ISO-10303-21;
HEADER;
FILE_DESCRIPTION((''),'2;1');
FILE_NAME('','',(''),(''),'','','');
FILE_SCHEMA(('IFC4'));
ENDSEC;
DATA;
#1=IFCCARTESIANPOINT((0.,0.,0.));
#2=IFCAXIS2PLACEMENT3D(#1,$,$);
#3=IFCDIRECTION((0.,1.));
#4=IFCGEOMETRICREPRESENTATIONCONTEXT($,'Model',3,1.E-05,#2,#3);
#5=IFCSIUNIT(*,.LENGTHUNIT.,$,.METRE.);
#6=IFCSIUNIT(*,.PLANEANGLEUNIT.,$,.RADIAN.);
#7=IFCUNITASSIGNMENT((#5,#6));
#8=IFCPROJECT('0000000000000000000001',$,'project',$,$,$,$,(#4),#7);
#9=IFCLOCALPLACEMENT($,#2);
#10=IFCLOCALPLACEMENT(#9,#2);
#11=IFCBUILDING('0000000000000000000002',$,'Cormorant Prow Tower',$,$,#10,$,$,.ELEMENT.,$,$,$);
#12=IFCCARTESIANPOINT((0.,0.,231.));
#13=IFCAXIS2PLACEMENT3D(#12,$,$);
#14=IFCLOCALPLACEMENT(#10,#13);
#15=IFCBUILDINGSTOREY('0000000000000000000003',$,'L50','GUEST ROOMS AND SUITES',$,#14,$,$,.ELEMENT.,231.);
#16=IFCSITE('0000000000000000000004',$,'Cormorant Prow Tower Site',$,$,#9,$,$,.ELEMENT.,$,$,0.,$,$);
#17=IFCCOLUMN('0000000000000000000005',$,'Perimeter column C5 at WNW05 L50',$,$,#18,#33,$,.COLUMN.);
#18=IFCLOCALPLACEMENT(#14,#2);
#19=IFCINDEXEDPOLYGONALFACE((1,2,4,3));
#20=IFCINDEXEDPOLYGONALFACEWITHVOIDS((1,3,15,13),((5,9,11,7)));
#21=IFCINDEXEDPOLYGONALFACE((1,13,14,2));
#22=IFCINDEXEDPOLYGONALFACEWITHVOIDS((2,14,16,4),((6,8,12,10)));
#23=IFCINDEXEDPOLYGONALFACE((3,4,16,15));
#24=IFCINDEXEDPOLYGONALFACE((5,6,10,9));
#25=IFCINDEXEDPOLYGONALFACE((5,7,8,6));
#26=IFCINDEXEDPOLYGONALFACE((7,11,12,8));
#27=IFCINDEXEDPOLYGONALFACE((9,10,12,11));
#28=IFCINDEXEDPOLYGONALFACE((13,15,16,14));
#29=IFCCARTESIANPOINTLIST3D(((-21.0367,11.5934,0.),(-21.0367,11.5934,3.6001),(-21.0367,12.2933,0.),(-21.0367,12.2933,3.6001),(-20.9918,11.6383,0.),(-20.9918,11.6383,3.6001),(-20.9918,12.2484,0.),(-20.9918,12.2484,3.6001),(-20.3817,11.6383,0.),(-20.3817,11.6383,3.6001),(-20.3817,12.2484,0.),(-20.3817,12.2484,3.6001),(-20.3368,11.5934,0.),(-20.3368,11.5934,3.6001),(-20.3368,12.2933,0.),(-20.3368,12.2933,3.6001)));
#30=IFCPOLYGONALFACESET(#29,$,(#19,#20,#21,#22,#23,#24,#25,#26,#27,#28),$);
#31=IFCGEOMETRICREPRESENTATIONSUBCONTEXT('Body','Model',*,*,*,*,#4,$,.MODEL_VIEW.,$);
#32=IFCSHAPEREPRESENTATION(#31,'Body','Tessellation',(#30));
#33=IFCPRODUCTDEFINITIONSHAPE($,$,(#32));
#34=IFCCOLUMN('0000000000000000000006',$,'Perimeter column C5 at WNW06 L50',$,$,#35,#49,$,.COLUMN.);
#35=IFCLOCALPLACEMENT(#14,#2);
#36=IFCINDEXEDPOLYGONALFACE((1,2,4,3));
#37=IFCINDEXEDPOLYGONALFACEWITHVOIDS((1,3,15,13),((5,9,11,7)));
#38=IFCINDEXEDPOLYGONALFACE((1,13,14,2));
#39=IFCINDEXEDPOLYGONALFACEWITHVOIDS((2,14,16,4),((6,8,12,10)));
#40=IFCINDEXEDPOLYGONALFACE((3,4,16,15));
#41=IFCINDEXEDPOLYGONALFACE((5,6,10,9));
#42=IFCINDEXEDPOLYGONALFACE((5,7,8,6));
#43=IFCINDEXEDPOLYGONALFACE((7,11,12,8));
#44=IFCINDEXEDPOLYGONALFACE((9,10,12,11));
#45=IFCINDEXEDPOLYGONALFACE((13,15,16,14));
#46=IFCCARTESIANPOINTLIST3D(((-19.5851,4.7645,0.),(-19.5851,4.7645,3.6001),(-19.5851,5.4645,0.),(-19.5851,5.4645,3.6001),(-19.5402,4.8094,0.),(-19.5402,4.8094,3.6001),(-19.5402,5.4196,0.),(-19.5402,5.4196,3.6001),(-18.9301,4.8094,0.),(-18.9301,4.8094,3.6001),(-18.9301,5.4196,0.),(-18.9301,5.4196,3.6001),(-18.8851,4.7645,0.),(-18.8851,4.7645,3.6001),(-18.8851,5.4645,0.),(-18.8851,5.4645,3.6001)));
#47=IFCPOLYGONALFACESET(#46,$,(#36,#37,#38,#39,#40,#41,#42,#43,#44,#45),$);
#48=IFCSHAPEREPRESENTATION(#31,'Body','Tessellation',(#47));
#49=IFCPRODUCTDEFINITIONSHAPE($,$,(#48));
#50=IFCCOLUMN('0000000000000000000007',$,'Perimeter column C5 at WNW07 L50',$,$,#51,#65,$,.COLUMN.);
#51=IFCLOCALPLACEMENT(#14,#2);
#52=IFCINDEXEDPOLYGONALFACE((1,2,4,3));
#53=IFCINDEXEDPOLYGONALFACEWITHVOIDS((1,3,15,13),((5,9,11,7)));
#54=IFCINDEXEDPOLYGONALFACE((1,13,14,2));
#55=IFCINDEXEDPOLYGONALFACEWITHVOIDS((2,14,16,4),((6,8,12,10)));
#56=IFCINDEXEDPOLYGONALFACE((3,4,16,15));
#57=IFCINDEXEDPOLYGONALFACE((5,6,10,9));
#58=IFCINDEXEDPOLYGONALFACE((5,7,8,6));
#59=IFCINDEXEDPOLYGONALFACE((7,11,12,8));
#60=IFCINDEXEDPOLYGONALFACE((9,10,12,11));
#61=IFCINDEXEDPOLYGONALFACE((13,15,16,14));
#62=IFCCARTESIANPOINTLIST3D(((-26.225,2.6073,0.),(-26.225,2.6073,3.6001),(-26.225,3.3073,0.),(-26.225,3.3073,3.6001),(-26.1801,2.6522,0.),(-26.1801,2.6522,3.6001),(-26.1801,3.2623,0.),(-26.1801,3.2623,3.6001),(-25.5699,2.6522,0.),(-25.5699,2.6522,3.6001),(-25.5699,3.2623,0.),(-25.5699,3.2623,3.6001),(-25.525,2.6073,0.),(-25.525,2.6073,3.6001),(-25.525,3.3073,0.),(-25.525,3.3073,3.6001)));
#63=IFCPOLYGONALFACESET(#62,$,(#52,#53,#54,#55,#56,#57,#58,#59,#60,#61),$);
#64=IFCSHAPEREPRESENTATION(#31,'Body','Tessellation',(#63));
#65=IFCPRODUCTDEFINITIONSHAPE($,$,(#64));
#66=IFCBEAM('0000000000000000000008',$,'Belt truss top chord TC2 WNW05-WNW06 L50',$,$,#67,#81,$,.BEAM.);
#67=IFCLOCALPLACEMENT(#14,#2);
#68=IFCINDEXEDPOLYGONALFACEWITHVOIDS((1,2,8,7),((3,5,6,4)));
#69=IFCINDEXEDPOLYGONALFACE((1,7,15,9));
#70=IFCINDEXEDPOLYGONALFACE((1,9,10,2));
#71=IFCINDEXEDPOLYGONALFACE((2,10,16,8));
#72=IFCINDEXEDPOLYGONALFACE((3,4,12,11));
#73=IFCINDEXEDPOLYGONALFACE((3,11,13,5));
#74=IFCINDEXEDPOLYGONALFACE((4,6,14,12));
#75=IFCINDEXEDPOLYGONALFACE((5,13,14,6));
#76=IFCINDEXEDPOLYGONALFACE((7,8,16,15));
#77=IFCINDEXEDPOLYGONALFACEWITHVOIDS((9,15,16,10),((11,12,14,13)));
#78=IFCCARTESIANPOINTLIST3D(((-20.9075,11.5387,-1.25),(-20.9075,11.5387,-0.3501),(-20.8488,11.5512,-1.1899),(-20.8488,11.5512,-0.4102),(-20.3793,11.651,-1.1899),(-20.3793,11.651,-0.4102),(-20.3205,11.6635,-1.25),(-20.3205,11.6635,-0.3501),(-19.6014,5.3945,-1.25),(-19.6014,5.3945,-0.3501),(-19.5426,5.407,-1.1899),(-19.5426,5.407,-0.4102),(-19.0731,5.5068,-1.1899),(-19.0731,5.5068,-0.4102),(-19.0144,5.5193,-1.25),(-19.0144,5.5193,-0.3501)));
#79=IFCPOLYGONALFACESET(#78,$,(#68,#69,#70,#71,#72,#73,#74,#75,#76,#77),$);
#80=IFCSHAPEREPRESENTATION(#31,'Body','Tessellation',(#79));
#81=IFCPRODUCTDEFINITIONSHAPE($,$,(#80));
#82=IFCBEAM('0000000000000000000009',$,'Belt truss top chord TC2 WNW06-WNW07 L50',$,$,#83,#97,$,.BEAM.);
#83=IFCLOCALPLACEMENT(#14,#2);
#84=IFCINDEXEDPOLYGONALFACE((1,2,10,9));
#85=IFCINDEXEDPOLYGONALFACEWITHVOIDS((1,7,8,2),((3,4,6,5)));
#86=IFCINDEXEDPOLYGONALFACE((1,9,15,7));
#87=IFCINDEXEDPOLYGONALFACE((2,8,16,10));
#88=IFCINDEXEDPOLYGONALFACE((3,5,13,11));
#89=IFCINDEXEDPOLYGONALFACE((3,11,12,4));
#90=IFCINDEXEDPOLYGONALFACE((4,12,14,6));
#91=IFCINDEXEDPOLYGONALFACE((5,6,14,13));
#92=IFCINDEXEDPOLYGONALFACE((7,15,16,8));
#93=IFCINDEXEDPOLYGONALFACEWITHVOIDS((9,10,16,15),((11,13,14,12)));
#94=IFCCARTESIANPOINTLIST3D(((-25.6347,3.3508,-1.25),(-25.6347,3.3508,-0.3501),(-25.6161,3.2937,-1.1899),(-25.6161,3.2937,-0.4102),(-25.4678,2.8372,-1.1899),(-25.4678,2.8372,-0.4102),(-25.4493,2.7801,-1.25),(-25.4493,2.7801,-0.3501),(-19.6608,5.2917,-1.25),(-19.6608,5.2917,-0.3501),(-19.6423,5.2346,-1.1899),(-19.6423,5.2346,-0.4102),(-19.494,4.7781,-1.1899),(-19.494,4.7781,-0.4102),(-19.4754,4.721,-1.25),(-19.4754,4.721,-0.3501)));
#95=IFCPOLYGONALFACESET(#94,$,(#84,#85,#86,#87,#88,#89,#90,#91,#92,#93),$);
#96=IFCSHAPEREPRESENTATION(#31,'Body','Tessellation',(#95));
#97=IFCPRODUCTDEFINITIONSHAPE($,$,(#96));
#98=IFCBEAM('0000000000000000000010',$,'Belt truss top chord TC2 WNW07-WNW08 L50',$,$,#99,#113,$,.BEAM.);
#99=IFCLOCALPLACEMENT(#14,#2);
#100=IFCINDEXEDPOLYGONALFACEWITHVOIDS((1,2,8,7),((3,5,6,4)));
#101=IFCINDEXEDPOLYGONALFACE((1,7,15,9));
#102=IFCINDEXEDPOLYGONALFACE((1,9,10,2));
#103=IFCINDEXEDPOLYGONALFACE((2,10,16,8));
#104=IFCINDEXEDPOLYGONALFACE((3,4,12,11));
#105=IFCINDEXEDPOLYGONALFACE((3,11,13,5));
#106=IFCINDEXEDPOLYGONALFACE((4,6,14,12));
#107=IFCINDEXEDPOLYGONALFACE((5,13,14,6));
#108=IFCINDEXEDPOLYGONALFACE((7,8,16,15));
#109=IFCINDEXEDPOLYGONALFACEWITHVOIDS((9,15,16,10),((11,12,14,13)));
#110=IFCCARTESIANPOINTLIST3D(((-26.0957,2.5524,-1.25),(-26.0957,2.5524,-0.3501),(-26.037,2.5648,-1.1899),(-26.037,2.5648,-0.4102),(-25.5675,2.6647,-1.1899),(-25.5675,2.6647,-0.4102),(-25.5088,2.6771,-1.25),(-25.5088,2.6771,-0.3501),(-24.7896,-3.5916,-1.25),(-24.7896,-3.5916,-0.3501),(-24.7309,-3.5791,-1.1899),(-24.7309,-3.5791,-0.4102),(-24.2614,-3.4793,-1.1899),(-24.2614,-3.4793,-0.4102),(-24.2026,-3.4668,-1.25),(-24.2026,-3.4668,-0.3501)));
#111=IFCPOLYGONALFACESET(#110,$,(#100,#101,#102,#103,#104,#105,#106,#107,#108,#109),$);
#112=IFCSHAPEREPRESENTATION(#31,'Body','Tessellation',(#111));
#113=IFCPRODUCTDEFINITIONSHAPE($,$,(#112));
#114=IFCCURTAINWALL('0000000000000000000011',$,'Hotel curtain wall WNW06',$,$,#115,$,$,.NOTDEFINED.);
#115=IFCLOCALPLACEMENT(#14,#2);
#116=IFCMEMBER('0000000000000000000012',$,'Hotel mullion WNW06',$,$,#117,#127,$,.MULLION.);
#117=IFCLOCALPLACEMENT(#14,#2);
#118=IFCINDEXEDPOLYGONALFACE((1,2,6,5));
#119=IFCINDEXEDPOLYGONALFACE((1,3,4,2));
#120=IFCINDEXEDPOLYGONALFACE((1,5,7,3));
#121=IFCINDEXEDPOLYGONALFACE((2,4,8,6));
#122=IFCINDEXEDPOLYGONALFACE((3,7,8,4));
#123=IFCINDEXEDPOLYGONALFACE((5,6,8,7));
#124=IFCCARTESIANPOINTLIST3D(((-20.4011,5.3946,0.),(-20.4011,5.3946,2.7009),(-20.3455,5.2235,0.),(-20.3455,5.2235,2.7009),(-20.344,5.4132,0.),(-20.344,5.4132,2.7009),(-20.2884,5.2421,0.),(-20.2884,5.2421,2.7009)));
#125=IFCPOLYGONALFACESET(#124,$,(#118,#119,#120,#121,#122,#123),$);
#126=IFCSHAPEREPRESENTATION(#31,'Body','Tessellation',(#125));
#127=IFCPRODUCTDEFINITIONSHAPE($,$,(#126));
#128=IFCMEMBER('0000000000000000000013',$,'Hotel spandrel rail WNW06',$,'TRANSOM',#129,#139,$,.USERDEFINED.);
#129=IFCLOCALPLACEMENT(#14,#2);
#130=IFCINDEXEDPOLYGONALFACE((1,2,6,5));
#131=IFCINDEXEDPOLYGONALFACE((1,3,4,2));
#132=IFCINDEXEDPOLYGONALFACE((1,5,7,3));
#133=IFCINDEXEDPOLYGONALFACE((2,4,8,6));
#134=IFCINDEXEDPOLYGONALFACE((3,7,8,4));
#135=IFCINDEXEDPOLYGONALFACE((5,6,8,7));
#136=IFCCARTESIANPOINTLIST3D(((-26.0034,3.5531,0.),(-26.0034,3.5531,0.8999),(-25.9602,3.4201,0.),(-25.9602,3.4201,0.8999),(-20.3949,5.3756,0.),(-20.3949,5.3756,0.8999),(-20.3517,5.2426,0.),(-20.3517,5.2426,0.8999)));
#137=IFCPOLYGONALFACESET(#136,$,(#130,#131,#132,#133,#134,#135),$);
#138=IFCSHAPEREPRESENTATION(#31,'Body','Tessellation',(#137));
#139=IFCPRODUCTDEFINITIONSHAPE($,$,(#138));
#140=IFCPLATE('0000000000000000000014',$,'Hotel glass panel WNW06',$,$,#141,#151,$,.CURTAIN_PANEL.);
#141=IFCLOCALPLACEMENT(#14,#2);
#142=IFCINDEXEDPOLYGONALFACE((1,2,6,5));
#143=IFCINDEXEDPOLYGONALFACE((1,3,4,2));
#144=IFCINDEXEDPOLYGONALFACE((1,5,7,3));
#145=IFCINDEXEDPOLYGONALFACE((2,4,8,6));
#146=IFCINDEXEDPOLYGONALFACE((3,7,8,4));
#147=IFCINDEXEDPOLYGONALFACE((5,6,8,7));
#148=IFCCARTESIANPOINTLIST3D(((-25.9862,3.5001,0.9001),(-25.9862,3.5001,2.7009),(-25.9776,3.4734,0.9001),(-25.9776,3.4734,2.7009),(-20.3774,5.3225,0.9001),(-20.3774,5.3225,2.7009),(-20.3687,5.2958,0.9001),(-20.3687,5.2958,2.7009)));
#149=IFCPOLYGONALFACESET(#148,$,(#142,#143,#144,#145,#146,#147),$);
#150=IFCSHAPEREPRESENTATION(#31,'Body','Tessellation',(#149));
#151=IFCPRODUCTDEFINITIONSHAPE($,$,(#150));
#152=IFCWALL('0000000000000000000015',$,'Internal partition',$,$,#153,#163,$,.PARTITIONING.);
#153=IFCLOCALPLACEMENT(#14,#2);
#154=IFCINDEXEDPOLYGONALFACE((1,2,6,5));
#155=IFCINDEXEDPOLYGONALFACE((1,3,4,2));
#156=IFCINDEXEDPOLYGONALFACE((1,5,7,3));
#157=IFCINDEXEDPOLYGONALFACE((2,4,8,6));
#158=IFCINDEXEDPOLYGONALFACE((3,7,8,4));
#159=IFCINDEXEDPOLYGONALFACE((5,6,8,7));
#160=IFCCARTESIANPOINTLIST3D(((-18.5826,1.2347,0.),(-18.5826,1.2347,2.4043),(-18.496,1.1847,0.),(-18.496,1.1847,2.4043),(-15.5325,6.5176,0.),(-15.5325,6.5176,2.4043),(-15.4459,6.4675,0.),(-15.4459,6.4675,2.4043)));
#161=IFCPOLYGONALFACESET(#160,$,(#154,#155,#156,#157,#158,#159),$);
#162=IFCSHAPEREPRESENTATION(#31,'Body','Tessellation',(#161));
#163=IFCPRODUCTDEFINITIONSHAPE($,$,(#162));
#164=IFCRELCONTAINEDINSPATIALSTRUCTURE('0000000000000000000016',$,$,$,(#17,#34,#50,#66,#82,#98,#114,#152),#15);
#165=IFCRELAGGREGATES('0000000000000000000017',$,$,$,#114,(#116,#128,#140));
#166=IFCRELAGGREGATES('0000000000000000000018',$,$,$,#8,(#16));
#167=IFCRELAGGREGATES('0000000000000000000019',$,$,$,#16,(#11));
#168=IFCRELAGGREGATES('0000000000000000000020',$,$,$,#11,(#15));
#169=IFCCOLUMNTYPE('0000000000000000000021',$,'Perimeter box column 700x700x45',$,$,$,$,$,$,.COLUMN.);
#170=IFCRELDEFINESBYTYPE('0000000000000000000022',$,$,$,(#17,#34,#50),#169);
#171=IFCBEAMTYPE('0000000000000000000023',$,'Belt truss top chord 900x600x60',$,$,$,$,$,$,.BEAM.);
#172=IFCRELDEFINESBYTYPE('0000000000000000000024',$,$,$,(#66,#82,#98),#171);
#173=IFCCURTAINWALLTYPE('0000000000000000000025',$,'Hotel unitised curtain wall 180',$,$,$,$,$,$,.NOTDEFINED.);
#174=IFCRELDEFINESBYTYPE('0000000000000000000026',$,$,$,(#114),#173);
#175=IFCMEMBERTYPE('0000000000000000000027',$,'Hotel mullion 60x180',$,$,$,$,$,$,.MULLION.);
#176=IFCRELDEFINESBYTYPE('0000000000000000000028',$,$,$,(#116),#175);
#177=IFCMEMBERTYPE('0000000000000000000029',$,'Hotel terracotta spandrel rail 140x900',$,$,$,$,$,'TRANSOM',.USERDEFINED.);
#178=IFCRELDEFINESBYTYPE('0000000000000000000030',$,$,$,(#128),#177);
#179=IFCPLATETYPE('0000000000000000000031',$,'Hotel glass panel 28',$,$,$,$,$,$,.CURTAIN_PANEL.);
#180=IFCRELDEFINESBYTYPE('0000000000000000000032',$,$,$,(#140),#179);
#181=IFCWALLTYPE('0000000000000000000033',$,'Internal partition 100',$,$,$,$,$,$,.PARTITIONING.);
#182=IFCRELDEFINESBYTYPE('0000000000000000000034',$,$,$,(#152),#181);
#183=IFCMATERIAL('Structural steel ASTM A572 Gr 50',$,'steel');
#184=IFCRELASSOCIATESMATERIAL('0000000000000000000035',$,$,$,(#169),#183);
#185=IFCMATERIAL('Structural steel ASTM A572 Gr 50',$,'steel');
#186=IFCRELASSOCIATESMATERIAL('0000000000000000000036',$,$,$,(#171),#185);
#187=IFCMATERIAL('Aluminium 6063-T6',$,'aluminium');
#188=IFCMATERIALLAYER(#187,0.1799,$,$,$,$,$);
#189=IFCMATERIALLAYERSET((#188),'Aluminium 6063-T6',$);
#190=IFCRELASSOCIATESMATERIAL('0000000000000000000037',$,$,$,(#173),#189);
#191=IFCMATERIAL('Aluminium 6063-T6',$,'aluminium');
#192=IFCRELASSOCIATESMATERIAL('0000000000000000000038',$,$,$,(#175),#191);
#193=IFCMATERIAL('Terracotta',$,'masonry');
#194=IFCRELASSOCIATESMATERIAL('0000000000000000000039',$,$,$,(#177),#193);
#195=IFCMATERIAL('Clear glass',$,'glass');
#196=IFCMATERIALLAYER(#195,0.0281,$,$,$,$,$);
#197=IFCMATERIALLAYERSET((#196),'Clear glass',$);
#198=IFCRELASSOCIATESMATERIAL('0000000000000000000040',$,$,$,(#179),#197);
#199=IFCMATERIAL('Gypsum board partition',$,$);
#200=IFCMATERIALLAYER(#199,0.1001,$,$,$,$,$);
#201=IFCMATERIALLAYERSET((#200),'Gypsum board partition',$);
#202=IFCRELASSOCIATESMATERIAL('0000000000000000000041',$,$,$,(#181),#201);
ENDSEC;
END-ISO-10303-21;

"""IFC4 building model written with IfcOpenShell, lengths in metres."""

from ifc_helpers import new_model, si_unit, direction, frame, frame_2d, origin, origin_2d, place, context, subcontext, project, spatial, rectangle, hollow_rectangle, extrude, material, layer, layer_set, material_profile, profile_set, type_object, element, aggregate, save


model = new_model("IFC4")

# Units and contexts
model_context = context("Model", 3, precision=1e-05, world=origin(), true_north=direction((0.0, 1.0)))
body_context = subcontext(model_context, "Body", "Model", "MODEL_VIEW")
ifc_project = project(units=[si_unit("LENGTHUNIT", "METRE"), si_unit("PLANEANGLEUNIT", "RADIAN")], contexts=[model_context])

# Site, building, storey
site_placement = place(None, origin())
site = spatial("IfcSite", under=ifc_project, at=site_placement, Name="Cormorant Prow Tower Site", CompositionType="ELEMENT", RefElevation=0.0)
building_placement = place(site_placement, origin())
building = spatial("IfcBuilding", under=site, at=building_placement, Name="Cormorant Prow Tower", CompositionType="ELEMENT")
storey_placement = place(building_placement, frame((0.0, 0.0, 231.0)))
storey = spatial("IfcBuildingStorey", under=building, at=storey_placement, Name="L50", Description="GUEST ROOMS AND SUITES", CompositionType="ELEMENT", Elevation=231.0)

# Columns
ifc_material_1 = material(Name="Structural steel ASTM A572 Gr 50", Category="steel")
ifc_material_profile_1 = material_profile(ifc_material_1, hollow_rectangle(XDim=0.7, YDim=0.7, WallThickness=0.0449, at=origin_2d()), Name="Box 700x700x45")
ifc_profile_set_1 = profile_set([ifc_material_profile_1], Name="Structural steel ASTM A572 Gr 50")
column_type = type_object("IfcColumnType", Name="Perimeter box column 700x700x45", PredefinedType="COLUMN", material=ifc_profile_set_1)
for number, where, z_axis, x_axis, name in (
    (1, (-20.6868, 11.9434, 0.0), (0.0, 0.0, 1.0), (1.0, 0.0, 0.0), "Perimeter column C5 at WNW05 L50"),
    (2, (-19.2351, 5.1145, 0.0), (0.0, 0.0, 1.0), (1.0, 0.0, 0.0), "Perimeter column C5 at WNW06 L50"),
    (3, (-25.875, 2.9573, 0.0), (0.0, 0.0, 1.0), (1.0, 0.0, 0.0), "Perimeter column C5 at WNW07 L50"),
):
    element("IfcColumn", number, at=place(storey_placement, frame(where, z_axis=z_axis, x_axis=x_axis)), inside=storey, type_object=column_type, Name=name, PredefinedType="COLUMN", context=body_context, shape_type="SweptSolid", body=[
        extrude(hollow_rectangle(XDim=0.7, YDim=0.7, WallThickness=0.0449, at=origin_2d()), origin(), (0.0, 0.0, 1.0), 3.6001),
    ])

# Beams
ifc_material_2 = material(Name="Structural steel ASTM A572 Gr 50", Category="steel")
ifc_material_profile_2 = material_profile(ifc_material_2, hollow_rectangle(XDim=0.6001, YDim=0.8999, WallThickness=0.0601, at=origin_2d()), Name="Box 900x600x60")
ifc_profile_set_2 = profile_set([ifc_material_profile_2], Name="Structural steel ASTM A572 Gr 50")
beam_type = type_object("IfcBeamType", Name="Belt truss top chord 900x600x60", PredefinedType="BEAM", material=ifc_profile_set_2)
beam_placement = place(storey_placement, frame((-20.614, 11.6011, -0.8), z_axis=(0.207934, -0.978143, 0.0), x_axis=(0.978143, 0.207934, 0.0)))
element("IfcBeam", 4, at=beam_placement, inside=storey, type_object=beam_type, Name="Belt truss top chord TC2 WNW05-WNW06 L50", PredefinedType="BEAM", context=body_context, shape_type="SweptSolid", body=[
    extrude(hollow_rectangle(XDim=0.6001, YDim=0.8999, WallThickness=0.0601, at=origin_2d()), origin(), (0.0, 0.0, 1.0), 6.2815),
])
for number, where, z_axis, x_axis, name in (
    (5, (-19.5681, 5.0063, -0.8), (-0.951062, -0.309001, 0.0), (0.309001, -0.951062, 0.0), "Belt truss top chord TC2 WNW06-WNW07 L50"),
    (6, (-25.8022, 2.6147, -0.8), (0.207941, -0.978141, 0.0), (0.978141, 0.207941, 0.0), "Belt truss top chord TC2 WNW07-WNW08 L50"),
):
    element("IfcBeam", number, at=place(storey_placement, frame(where, z_axis=z_axis, x_axis=x_axis)), inside=storey, type_object=beam_type, Name=name, PredefinedType="BEAM", context=body_context, shape_type="SweptSolid", body=[
        extrude(hollow_rectangle(XDim=0.6001, YDim=0.8999, WallThickness=0.0601, at=origin_2d()), origin(), (0.0, 0.0, 1.0), 6.2812),
    ])

# Curtain wall, members, plate
ifc_material_3 = material(Name="Aluminium 6063-T6", Category="aluminium")
ifc_layer_1 = layer(ifc_material_3, 0.1799)
ifc_layer_set_1 = layer_set([ifc_layer_1], Name="Aluminium 6063-T6")
curtain_wall_type = type_object("IfcCurtainWallType", Name="Hotel unitised curtain wall 180", PredefinedType="NOTDEFINED", material=ifc_layer_set_1)
curtain_wall_placement = place(storey_placement, origin())
curtain_wall = element("IfcCurtainWall", 7, at=curtain_wall_placement, inside=storey, type_object=curtain_wall_type, Name="Hotel curtain wall WNW06", PredefinedType="NOTDEFINED")
ifc_material_4 = material(Name="Aluminium 6063-T6", Category="aluminium")
ifc_material_profile_3 = material_profile(ifc_material_4, rectangle(XDim=0.1799, YDim=0.0601, at=origin_2d()), Name="Hotel mullion 60x180")
ifc_profile_set_3 = profile_set([ifc_material_profile_3], Name="Aluminium 6063-T6")
member_type_1 = type_object("IfcMemberType", Name="Hotel mullion 60x180", PredefinedType="MULLION", material=ifc_profile_set_3)
member_1_placement = place(storey_placement, frame((-20.3447, 5.3184, 0.0), z_axis=(0.0, 0.0, 1.0), x_axis=(0.309017, -0.951057, 0.0)))
member_1 = element("IfcMember", 8, at=member_1_placement, type_object=member_type_1, Name="Hotel mullion WNW06", PredefinedType="MULLION", context=body_context, shape_type="SweptSolid", body=[
    extrude(rectangle(XDim=0.1799, YDim=0.0601, at=origin_2d()), origin(), (0.0, 0.0, 1.0), 2.7009),
])
ifc_material_5 = material(Name="Terracotta", Category="masonry")
ifc_material_profile_4 = material_profile(ifc_material_5, rectangle(XDim=0.1399, YDim=0.8999, at=origin_2d()), Name="Hotel terracotta spandrel rail 140x900")
ifc_profile_set_4 = profile_set([ifc_material_profile_4], Name="Terracotta")
member_type_2 = type_object("IfcMemberType", Name="Hotel terracotta spandrel rail 140x900", ElementType="TRANSOM", PredefinedType="USERDEFINED", material=ifc_profile_set_4)
member_2_placement = place(storey_placement, frame((-20.3733, 5.3091, 0.45), z_axis=(-0.951049, -0.30904, 0.0), x_axis=(0.30904, -0.951049, 0.0)))
member_2 = element("IfcMember", 9, at=member_2_placement, type_object=member_type_2, Name="Hotel spandrel rail WNW06", ObjectType="TRANSOM", PredefinedType="USERDEFINED", context=body_context, shape_type="SweptSolid", body=[
    extrude(rectangle(XDim=0.1399, YDim=0.8999, at=origin_2d()), origin(), (0.0, 0.0, 1.0), 5.8972),
])
ifc_material_6 = material(Name="Clear glass", Category="glass")
ifc_layer_2 = layer(ifc_material_6, 0.0281)
ifc_layer_set_2 = layer_set([ifc_layer_2], Name="Clear glass")
plate_type = type_object("IfcPlateType", Name="Hotel glass panel 28", PredefinedType="CURTAIN_PANEL", material=ifc_layer_set_2)
plate_placement = place(storey_placement, frame((-23.1775, 4.3979, 0.9001), z_axis=(0.0, 0.0, 1.0), x_axis=(-0.951057, -0.309017, 0.0)))
plate = element("IfcPlate", 10, at=plate_placement, type_object=plate_type, Name="Hotel glass panel WNW06", PredefinedType="CURTAIN_PANEL", context=body_context, shape_type="SweptSolid", body=[
    extrude(rectangle(XDim=5.8975, YDim=0.0281, at=origin_2d()), origin(), (0.0, 0.0, 1.0), 1.8008),
])
aggregate(curtain_wall, [member_1, member_2, plate])

# Wall
ifc_material_7 = material(Name="Gypsum board partition")
ifc_layer_3 = layer(ifc_material_7, 0.1001)
ifc_layer_set_3 = layer_set([ifc_layer_3], Name="Gypsum board partition")
wall_type_1 = type_object("IfcWallType", Name="Internal partition 100", PredefinedType="PARTITIONING", material=ifc_layer_set_3)
wall_1_placement = place(storey_placement, frame((-18.5393, 1.2097, 0.0), z_axis=(0.0, 0.0, 1.0), x_axis=(0.500009, 0.86602, 0.0)))
element("IfcWall", 11, at=wall_1_placement, inside=storey, type_object=wall_type_1, Name="Internal partition", PredefinedType="PARTITIONING", context=body_context, shape_type="SweptSolid", body=[
    extrude(rectangle(XDim=6.1001, YDim=0.1001, at=frame_2d((3.05, 0.0))), origin(), (0.0, 0.0, 1.0), 2.4043),
])

save(model, "model.ifc")
